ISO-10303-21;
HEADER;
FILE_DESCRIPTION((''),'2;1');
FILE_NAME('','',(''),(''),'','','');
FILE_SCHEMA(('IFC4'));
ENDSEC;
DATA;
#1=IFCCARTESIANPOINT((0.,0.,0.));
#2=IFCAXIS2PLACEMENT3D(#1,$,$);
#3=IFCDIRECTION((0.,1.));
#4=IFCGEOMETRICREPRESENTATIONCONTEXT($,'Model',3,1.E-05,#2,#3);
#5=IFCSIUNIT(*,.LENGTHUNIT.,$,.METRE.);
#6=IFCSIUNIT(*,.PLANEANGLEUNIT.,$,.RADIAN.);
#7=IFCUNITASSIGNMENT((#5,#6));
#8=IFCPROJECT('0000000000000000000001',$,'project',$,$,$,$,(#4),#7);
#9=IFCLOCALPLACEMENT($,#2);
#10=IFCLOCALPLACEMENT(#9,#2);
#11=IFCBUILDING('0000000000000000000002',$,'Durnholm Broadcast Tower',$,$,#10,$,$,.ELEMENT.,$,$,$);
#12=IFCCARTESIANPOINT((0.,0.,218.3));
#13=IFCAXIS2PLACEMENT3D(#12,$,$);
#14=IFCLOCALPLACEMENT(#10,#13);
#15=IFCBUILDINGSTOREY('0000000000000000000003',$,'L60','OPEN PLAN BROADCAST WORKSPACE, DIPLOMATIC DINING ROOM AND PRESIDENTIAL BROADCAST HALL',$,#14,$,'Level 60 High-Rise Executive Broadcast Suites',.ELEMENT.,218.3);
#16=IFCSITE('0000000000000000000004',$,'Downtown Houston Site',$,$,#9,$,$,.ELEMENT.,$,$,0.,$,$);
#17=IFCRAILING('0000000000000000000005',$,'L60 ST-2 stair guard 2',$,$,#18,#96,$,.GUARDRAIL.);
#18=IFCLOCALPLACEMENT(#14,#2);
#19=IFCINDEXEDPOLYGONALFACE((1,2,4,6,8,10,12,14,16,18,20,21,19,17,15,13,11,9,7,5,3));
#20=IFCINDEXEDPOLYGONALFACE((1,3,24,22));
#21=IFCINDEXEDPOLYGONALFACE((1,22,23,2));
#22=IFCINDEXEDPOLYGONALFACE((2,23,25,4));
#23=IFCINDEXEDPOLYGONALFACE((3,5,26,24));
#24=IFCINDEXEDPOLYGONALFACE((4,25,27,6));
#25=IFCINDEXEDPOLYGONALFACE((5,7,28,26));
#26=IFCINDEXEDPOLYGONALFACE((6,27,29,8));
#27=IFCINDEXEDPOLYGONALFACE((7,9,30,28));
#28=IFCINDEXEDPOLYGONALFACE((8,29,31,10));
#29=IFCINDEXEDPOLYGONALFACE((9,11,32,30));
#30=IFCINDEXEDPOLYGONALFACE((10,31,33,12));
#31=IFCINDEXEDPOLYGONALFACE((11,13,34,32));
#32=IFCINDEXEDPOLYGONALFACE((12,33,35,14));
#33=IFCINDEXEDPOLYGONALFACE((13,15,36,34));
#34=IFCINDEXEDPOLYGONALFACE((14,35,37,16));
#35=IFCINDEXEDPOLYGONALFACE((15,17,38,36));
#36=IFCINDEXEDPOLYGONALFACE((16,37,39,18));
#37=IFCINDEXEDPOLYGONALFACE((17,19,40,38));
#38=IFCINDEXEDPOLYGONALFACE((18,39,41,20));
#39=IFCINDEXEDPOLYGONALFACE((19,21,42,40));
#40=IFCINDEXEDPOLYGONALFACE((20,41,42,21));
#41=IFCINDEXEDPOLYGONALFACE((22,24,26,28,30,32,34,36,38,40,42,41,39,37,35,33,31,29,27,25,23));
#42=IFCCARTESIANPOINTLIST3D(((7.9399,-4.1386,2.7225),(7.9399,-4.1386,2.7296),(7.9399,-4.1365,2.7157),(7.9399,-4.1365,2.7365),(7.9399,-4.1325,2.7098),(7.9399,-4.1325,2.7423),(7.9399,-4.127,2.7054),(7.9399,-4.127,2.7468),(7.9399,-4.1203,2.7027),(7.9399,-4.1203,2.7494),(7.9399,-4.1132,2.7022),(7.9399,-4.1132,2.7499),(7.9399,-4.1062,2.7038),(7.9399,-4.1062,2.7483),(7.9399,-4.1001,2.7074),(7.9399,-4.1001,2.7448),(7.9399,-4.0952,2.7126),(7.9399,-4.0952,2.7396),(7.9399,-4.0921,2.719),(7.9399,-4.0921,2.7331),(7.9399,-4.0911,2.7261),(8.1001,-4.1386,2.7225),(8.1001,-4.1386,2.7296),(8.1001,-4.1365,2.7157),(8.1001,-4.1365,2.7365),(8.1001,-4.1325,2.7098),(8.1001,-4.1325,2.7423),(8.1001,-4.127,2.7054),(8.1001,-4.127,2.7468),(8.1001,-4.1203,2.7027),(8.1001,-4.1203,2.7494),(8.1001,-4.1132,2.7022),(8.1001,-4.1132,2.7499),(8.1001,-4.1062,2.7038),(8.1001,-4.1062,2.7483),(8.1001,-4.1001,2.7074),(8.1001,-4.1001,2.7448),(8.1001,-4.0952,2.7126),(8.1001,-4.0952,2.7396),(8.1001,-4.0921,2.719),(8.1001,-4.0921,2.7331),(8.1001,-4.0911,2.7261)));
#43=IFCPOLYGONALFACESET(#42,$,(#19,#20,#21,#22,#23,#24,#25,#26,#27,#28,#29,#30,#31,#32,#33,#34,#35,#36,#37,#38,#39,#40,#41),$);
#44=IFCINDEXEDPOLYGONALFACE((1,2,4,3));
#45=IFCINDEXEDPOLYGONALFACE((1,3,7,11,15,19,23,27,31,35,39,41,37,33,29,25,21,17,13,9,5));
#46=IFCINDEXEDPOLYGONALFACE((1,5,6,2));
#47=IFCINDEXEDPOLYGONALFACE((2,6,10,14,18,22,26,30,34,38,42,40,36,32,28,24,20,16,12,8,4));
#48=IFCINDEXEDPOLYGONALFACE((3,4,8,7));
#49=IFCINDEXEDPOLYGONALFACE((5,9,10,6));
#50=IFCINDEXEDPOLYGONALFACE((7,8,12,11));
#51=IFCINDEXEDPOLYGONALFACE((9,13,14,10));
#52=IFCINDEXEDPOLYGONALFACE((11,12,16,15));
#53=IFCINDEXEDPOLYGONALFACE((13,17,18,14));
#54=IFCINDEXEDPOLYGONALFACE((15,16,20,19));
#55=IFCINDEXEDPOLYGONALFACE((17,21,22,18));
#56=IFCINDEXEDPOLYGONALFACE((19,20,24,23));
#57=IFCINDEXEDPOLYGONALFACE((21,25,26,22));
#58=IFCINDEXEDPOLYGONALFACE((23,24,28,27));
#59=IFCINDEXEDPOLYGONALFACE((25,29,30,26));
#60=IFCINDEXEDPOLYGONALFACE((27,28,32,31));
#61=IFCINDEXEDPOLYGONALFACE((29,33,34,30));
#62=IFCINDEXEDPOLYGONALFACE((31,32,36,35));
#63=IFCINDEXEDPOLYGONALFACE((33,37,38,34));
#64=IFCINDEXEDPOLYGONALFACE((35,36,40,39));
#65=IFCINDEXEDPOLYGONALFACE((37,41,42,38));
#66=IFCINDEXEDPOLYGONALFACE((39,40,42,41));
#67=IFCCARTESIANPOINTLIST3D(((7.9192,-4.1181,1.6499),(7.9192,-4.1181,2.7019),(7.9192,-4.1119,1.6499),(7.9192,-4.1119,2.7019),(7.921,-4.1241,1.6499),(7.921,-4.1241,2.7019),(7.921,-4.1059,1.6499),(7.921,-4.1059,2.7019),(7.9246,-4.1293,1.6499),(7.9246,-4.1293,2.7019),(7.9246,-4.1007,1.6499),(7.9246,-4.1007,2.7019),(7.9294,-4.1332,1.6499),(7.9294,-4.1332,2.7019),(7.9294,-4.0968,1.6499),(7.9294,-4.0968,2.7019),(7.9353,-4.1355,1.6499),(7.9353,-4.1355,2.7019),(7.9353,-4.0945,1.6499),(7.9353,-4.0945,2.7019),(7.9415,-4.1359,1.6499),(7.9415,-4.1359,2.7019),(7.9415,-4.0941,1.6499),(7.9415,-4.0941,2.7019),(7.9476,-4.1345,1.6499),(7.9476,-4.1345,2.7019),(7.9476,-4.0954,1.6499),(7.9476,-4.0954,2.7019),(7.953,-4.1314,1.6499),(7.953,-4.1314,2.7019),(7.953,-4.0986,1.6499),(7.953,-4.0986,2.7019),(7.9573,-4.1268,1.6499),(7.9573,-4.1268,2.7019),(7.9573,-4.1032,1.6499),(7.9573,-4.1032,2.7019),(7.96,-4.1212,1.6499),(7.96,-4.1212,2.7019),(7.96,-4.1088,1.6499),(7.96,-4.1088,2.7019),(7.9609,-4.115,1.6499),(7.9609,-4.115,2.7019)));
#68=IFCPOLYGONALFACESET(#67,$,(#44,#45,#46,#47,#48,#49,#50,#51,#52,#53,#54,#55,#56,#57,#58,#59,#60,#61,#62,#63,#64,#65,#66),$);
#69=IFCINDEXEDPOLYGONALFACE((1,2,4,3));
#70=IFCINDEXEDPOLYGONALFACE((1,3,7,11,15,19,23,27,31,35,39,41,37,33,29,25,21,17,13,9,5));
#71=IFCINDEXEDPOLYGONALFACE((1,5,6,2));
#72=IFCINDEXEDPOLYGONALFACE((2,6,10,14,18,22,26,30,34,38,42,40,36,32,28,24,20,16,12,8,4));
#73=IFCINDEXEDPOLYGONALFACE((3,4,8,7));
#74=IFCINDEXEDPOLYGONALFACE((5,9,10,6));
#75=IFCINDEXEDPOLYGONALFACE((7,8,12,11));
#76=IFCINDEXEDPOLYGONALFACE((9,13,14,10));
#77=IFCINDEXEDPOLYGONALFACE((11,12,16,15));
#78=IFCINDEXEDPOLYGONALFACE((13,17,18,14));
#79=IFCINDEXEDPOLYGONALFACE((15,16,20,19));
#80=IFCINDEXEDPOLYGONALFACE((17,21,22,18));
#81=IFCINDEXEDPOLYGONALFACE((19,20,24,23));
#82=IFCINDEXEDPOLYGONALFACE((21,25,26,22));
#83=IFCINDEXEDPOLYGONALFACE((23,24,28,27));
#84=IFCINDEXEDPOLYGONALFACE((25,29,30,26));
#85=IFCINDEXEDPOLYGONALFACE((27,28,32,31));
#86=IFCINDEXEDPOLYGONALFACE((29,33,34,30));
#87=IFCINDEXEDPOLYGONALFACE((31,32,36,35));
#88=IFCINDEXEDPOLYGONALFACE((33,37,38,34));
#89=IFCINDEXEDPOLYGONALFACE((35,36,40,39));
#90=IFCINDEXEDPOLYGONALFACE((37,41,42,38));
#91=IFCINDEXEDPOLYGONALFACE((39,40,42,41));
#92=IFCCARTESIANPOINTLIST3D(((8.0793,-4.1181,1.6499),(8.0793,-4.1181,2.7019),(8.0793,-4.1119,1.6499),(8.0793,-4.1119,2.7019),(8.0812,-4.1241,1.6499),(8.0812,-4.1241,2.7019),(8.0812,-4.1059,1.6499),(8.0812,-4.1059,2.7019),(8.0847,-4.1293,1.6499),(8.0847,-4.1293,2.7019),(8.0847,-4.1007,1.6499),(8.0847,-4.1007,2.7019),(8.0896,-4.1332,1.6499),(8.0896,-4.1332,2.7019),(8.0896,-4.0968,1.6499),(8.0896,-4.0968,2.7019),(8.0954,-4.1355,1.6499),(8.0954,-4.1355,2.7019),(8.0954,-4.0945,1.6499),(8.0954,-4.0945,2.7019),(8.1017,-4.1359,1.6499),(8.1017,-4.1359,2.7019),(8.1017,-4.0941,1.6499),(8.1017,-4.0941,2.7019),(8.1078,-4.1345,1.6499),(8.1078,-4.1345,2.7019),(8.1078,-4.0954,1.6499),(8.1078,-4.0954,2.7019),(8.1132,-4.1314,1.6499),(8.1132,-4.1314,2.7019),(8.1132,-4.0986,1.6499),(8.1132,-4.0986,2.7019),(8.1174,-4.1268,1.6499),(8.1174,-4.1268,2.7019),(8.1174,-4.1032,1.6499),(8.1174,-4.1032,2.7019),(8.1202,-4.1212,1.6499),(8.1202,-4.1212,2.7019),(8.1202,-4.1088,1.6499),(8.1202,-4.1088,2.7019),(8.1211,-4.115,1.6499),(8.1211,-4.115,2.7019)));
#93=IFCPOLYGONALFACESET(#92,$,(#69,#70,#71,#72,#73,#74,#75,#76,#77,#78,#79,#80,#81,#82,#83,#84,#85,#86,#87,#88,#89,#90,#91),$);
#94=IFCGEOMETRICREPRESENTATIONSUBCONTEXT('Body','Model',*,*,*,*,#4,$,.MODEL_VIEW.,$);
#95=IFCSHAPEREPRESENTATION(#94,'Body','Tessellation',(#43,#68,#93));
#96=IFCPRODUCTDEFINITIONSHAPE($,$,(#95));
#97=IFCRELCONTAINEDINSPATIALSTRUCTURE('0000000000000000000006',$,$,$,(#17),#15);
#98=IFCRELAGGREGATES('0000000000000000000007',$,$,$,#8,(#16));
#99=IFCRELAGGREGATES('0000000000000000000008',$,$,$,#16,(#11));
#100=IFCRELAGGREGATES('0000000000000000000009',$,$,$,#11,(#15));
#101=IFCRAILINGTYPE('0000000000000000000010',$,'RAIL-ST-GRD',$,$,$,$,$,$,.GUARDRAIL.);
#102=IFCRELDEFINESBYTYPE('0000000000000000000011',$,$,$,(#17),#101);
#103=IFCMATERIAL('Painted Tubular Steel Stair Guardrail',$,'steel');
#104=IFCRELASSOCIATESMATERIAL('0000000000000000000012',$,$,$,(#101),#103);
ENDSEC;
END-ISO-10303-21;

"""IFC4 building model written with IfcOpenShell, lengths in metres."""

from ifc_helpers import new_model, si_unit, direction, frame, origin, origin_2d, place, context, subcontext, project, spatial, circle, extrude, material, type_object, element, save


model = new_model("IFC4")

# Units and contexts
model_context = context("Model", 3, precision=1e-05, world=origin(), true_north=direction((0.0, 1.0)))
body_context = subcontext(model_context, "Body", "Model", "MODEL_VIEW")
ifc_project = project(units=[si_unit("LENGTHUNIT", "METRE"), si_unit("PLANEANGLEUNIT", "RADIAN")], contexts=[model_context])

# Site, building, storey
site_placement = place(None, origin())
site = spatial("IfcSite", under=ifc_project, at=site_placement, Name="Downtown Houston Site", CompositionType="ELEMENT", RefElevation=0.0)
building_placement = place(site_placement, origin())
building = spatial("IfcBuilding", under=site, at=building_placement, Name="Durnholm Broadcast Tower", CompositionType="ELEMENT")
storey_placement = place(building_placement, frame((0.0, 0.0, 218.3)))
storey = spatial("IfcBuildingStorey", under=building, at=storey_placement, Name="L60", Description="OPEN PLAN BROADCAST WORKSPACE, DIPLOMATIC DINING ROOM AND PRESIDENTIAL BROADCAST HALL", LongName="Level 60 High-Rise Executive Broadcast Suites", CompositionType="ELEMENT", Elevation=218.3)

# Railing
ifc_material_1 = material(Name="Painted Tubular Steel Stair Guardrail", Category="steel")
railing_type_1 = type_object("IfcRailingType", Name="RAIL-ST-GRD", PredefinedType="GUARDRAIL", material=ifc_material_1)
railing_1_placement = place(storey_placement, frame((7.9399, -4.115, 1.6499)))
element("IfcRailing", 1, at=railing_1_placement, inside=storey, type_object=railing_type_1, Name="L60 ST-2 stair guard 2", PredefinedType="GUARDRAIL", context=body_context, shape_type="SweptSolid", body=[
    extrude(circle(Radius=0.0239, at=origin_2d()), frame((0.0, 0.0, 1.0762), z_axis=(1.0, 0.0, 0.0), x_axis=(0.0, 1.0, 0.0)), (0.0, 0.0, 1.0), 0.1602),
    extrude(circle(Radius=0.021, at=origin_2d()), origin(), (0.0, 0.0, 1.0), 1.052),
    extrude(circle(Radius=0.021, at=origin_2d()), frame((0.1602, 0.0, 0.0)), (0.0, 0.0, 1.0), 1.052),
])

save(model, "model.ifc")
